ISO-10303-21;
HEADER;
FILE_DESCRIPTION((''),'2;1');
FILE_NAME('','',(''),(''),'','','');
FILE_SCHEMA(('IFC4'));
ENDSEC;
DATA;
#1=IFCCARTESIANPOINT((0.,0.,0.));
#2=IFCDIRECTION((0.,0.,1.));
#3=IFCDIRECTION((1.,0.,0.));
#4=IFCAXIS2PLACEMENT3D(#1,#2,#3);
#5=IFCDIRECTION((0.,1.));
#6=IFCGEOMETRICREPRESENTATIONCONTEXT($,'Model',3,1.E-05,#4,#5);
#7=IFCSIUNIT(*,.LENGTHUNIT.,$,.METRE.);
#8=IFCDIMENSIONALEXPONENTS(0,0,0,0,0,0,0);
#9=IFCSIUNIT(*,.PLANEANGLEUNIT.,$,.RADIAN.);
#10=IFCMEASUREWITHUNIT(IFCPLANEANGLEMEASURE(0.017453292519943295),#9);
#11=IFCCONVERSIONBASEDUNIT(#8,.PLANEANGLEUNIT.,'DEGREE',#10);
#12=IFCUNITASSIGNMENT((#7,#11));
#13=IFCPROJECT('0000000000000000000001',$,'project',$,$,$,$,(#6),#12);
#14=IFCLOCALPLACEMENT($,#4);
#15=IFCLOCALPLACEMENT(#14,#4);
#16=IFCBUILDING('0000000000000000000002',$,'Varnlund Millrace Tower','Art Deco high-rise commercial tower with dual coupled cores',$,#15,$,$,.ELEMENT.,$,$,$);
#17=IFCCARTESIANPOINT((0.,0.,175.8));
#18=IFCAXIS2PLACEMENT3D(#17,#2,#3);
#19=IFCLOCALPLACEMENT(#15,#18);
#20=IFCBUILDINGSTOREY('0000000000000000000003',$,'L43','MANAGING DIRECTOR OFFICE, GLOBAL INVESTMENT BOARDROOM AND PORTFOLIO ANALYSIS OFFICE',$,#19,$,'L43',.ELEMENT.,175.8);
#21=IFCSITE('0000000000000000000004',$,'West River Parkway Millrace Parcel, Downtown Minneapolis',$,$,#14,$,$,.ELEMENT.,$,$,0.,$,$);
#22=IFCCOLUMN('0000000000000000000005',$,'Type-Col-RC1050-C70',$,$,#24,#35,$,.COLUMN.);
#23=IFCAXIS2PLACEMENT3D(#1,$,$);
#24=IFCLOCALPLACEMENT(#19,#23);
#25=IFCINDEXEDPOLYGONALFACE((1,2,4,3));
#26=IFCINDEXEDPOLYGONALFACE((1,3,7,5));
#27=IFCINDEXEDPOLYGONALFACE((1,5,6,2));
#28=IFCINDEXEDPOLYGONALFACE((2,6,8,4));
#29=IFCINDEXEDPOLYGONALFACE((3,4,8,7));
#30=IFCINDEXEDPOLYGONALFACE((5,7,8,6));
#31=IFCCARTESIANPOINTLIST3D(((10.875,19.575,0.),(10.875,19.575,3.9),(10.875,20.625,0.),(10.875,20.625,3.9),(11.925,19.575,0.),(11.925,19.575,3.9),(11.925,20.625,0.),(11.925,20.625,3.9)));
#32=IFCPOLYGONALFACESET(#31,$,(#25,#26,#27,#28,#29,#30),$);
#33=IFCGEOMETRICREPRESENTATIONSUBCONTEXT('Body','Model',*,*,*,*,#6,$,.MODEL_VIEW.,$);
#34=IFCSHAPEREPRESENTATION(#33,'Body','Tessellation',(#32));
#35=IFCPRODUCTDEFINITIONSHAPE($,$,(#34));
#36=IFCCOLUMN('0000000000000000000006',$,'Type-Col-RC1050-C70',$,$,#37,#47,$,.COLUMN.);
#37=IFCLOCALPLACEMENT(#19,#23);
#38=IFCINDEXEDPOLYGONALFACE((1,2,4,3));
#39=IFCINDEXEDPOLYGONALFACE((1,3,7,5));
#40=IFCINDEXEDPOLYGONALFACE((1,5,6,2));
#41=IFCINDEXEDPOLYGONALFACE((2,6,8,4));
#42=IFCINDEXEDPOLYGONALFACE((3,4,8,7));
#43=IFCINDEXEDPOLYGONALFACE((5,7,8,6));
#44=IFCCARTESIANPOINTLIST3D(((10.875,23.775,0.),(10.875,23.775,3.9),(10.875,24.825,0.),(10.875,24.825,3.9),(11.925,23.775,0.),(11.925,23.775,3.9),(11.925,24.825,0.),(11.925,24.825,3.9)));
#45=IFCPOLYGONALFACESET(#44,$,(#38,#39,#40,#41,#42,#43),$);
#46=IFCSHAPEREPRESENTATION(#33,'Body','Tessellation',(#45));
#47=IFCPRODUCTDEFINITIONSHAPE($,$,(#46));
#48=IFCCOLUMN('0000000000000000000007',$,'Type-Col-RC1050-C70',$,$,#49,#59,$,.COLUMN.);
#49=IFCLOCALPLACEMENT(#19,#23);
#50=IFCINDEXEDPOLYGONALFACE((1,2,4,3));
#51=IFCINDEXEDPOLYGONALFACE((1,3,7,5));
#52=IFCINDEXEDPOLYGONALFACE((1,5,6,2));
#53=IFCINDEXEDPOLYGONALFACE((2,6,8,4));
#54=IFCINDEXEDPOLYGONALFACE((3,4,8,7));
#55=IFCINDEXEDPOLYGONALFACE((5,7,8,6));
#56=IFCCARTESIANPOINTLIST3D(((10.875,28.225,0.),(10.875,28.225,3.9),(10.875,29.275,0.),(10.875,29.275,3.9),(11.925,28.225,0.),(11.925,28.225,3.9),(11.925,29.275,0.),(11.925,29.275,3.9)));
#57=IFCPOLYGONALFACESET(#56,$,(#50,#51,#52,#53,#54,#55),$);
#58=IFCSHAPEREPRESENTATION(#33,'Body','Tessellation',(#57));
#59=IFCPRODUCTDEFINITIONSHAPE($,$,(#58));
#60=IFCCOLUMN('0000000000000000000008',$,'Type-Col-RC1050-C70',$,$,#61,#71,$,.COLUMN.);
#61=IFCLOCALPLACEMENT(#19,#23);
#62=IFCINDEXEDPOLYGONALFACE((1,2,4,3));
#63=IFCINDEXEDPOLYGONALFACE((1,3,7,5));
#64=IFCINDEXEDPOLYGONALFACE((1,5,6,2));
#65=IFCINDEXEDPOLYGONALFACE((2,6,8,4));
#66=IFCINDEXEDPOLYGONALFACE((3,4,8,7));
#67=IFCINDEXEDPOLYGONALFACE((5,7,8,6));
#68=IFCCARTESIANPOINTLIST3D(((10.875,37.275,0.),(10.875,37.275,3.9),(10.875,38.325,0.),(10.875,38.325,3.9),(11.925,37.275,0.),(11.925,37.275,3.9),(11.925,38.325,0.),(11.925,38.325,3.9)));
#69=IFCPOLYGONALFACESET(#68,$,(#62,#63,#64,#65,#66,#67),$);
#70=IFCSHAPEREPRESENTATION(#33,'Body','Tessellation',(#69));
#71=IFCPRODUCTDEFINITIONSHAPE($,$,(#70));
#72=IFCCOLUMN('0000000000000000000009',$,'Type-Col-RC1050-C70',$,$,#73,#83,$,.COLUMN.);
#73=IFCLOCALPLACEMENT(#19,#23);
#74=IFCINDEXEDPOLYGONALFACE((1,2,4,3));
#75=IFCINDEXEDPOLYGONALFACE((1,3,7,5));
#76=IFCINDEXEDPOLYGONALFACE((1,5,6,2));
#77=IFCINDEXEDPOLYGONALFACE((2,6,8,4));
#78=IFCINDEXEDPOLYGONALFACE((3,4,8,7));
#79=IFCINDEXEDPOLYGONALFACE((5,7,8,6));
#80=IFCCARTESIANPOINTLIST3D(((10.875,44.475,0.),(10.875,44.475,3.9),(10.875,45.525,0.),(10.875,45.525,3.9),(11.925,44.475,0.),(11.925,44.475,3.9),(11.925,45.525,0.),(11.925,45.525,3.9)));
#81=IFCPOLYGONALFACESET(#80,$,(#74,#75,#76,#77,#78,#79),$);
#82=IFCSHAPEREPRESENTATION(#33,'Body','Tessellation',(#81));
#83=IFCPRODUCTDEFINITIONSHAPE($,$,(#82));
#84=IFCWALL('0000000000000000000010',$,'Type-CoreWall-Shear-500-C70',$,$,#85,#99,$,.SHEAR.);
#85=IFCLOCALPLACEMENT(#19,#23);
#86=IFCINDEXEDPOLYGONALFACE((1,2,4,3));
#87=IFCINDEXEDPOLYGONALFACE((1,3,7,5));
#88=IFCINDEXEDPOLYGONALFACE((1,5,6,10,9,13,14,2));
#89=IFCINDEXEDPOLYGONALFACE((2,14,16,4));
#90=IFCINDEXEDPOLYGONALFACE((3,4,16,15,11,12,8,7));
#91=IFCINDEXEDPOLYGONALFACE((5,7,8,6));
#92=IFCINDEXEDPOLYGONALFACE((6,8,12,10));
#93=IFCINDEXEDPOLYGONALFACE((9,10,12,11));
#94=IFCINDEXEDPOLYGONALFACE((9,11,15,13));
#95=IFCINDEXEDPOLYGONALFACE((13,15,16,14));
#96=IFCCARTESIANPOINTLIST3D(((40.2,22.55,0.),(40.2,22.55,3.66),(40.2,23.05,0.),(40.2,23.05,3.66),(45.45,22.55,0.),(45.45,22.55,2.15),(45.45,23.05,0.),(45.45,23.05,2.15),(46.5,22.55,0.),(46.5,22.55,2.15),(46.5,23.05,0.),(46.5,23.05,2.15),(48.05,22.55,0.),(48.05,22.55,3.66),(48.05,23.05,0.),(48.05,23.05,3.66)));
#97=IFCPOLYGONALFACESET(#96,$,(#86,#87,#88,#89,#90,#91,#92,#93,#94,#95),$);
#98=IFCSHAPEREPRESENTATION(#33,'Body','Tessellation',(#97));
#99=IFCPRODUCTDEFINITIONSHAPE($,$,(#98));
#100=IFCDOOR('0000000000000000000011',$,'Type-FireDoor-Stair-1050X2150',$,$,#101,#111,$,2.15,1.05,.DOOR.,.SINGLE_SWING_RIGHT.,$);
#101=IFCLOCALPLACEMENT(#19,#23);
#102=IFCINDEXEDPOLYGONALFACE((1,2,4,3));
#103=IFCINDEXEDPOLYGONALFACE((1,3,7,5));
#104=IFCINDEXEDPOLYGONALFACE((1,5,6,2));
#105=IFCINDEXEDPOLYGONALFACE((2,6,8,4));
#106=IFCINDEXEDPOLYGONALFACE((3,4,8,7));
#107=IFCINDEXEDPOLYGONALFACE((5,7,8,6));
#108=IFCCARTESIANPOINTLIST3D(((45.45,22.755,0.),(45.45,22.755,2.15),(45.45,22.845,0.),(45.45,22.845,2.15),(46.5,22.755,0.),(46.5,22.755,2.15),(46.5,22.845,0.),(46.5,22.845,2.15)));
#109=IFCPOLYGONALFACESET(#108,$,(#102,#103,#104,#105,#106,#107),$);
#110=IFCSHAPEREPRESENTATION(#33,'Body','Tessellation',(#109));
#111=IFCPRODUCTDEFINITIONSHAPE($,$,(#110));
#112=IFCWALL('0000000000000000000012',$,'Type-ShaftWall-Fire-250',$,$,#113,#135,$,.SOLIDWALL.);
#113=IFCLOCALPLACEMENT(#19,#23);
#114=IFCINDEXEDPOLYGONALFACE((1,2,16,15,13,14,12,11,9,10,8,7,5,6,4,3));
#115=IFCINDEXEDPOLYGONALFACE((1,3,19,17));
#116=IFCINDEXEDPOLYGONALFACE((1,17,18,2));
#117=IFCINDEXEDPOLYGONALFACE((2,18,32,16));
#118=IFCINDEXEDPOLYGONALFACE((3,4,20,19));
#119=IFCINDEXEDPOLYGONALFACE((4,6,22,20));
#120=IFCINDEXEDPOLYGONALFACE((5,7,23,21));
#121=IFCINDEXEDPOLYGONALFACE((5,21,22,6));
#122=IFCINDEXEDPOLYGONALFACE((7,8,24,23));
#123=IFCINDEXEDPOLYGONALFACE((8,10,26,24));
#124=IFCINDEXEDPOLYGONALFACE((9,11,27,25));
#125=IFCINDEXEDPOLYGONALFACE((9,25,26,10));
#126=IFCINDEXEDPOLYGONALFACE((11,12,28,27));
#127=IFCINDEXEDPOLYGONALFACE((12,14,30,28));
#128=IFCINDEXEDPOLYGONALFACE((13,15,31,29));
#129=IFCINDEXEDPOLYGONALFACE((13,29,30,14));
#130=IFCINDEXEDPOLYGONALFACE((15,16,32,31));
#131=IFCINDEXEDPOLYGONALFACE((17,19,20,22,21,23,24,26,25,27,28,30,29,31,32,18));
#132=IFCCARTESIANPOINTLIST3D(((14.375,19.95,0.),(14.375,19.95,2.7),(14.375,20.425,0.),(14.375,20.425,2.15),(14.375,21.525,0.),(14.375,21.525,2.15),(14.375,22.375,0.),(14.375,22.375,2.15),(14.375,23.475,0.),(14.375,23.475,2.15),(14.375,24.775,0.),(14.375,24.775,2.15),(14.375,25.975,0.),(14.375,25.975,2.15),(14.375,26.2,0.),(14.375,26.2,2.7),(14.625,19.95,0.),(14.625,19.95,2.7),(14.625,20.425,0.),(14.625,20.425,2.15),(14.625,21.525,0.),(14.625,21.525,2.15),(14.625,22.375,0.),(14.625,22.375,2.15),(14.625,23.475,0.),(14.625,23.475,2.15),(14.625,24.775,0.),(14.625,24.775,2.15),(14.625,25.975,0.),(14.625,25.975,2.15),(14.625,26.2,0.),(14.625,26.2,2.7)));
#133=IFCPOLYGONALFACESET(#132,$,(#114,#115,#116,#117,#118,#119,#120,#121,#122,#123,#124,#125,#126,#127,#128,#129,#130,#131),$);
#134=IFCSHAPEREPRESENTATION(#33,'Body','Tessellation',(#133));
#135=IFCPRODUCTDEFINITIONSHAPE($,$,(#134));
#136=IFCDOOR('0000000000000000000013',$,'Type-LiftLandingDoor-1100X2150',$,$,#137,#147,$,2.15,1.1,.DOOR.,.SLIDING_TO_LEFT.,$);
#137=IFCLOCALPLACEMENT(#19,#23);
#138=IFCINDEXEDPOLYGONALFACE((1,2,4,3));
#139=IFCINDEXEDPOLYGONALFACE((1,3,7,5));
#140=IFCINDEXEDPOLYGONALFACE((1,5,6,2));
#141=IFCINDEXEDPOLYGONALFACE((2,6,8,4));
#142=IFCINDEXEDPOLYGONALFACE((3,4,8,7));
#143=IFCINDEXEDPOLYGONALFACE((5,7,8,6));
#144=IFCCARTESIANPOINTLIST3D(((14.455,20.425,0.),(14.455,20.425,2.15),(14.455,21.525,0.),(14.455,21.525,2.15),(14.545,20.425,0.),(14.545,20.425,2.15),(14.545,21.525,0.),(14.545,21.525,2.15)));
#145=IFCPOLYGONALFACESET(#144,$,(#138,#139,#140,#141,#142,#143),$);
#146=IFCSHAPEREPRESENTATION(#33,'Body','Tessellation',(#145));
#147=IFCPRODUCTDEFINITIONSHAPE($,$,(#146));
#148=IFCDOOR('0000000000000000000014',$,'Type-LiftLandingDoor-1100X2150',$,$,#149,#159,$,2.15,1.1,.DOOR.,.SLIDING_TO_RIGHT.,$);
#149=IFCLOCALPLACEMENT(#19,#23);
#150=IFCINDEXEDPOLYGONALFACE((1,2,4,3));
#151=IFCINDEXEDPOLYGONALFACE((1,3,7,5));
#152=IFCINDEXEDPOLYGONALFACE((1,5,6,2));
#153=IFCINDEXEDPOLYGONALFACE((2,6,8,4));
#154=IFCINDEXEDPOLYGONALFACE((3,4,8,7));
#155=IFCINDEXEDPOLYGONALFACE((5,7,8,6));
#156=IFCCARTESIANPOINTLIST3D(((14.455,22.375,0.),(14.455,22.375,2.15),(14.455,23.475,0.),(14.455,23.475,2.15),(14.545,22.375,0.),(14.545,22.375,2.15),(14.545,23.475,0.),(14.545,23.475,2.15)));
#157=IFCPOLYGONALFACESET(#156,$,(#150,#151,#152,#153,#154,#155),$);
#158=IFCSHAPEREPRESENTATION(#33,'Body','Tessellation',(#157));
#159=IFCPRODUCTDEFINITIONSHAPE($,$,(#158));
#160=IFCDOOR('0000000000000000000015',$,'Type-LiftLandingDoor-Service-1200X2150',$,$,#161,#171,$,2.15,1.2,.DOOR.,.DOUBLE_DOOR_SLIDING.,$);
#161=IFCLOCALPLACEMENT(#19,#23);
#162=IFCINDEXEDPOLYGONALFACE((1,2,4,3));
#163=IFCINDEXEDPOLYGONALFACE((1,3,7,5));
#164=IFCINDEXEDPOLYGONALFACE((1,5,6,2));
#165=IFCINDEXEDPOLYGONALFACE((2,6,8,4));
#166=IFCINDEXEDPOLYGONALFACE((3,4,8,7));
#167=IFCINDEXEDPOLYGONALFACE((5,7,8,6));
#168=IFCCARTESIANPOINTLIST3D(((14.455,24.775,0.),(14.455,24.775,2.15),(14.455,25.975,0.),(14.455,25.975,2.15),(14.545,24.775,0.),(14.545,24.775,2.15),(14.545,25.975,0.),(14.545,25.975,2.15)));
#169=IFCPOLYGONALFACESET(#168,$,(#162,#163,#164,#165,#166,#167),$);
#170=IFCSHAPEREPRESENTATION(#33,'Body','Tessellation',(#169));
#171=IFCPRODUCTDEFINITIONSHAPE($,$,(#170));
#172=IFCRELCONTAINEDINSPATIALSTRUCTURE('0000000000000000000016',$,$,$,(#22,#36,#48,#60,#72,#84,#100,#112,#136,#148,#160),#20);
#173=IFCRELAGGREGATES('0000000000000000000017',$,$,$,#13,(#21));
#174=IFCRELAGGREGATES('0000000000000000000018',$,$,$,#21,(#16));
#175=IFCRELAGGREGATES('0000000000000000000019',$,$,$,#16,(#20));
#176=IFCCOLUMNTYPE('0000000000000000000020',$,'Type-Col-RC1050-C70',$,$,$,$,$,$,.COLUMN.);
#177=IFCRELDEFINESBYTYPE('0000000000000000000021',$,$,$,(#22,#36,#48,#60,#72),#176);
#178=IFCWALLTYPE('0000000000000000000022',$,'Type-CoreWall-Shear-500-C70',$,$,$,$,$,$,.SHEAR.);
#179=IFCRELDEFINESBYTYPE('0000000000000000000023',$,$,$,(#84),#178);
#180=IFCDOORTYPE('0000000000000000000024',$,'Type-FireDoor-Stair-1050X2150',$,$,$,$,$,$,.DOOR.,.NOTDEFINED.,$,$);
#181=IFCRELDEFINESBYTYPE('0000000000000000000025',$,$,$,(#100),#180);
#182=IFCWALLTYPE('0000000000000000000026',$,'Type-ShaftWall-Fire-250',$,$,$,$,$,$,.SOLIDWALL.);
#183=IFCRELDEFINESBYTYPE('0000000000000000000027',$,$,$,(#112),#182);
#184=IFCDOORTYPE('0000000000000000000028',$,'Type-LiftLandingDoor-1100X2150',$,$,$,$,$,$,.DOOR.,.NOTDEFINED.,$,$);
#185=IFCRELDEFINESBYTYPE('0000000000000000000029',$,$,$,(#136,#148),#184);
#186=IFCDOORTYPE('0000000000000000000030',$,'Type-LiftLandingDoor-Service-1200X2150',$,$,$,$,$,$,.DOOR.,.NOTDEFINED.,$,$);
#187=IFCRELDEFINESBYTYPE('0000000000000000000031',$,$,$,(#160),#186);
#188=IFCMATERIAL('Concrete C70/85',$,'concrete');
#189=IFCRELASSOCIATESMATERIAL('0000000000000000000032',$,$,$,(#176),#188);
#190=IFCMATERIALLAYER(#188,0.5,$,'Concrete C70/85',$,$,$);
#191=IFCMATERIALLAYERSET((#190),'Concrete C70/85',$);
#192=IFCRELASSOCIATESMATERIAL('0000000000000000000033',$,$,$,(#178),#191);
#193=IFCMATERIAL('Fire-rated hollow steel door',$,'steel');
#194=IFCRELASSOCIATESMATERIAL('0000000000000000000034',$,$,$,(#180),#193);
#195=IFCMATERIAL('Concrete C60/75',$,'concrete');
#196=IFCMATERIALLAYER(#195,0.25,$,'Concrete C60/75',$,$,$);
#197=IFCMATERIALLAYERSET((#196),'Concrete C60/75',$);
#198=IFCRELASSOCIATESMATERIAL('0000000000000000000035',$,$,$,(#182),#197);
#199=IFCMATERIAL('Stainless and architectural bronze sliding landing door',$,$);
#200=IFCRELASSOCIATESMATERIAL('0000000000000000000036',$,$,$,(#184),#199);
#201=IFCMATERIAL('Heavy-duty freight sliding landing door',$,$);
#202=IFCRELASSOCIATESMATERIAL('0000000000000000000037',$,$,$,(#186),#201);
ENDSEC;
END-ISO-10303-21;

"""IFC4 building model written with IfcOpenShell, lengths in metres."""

from ifc_helpers import new_model, entity, si_unit, converted_unit, direction, frame, origin_with_axes, origin_2d_with_axis, place, context, subcontext, project, spatial, polyline, rectangle, outline, extrude, material, layer, layer_set, material_profile, profile_set, type_object, element, fill, save


model = new_model("IFC4")

# Units and contexts
model_context = context("Model", 3, precision=1e-05, world=origin_with_axes(), true_north=direction((0.0, 1.0)))
body_context = subcontext(model_context, "Body", "Model", "MODEL_VIEW")
ifc_project = project(units=[si_unit("LENGTHUNIT", "METRE"), converted_unit("PLANEANGLEUNIT", "DEGREE", entity("IfcPlaneAngleMeasure", 0.017453292519943295), si_unit("PLANEANGLEUNIT", "RADIAN"), dimensions=[0, 0, 0, 0, 0, 0, 0])], contexts=[model_context])

# Site, building, storey
site_placement = place(None, origin_with_axes())
site = spatial("IfcSite", under=ifc_project, at=site_placement, Name="West River Parkway Millrace Parcel, Downtown Minneapolis", CompositionType="ELEMENT", RefElevation=0.0)
building_placement = place(site_placement, origin_with_axes())
building = spatial("IfcBuilding", under=site, at=building_placement, Name="Varnlund Millrace Tower", Description="Art Deco high-rise commercial tower with dual coupled cores", CompositionType="ELEMENT")
storey_placement = place(building_placement, frame((0.0, 0.0, 175.8), z_axis=(0.0, 0.0, 1.0), x_axis=(1.0, 0.0, 0.0)))
storey = spatial("IfcBuildingStorey", under=building, at=storey_placement, Name="L43", Description="MANAGING DIRECTOR OFFICE, GLOBAL INVESTMENT BOARDROOM AND PORTFOLIO ANALYSIS OFFICE", LongName="L43", CompositionType="ELEMENT", Elevation=175.8)

# Columns
ifc_material_1 = material(Name="Concrete C70/85", Category="concrete")
ifc_material_profile = material_profile(ifc_material_1, rectangle(XDim=1.05, YDim=1.05, at=origin_2d_with_axis()), Name="Concrete C70/85")
ifc_profile_set = profile_set([ifc_material_profile], Name="Concrete C70/85")
column_type = type_object("IfcColumnType", Name="Type-Col-RC1050-C70", PredefinedType="COLUMN", material=ifc_profile_set)
for number, where, z_axis, x_axis, name in (
    (1, (11.4, 20.1, 0.0), (0.0, 0.0, 1.0), (1.0, 0.0, 0.0), "Type-Col-RC1050-C70"),
    (2, (11.4, 24.3, 0.0), (0.0, 0.0, 1.0), (1.0, 0.0, 0.0), "Type-Col-RC1050-C70"),
    (3, (11.4, 28.75, 0.0), (0.0, 0.0, 1.0), (1.0, 0.0, 0.0), "Type-Col-RC1050-C70"),
    (4, (11.4, 37.8, 0.0), (0.0, 0.0, 1.0), (1.0, 0.0, 0.0), "Type-Col-RC1050-C70"),
    (5, (11.4, 45.0, 0.0), (0.0, 0.0, 1.0), (1.0, 0.0, 0.0), "Type-Col-RC1050-C70"),
):
    element("IfcColumn", number, at=place(storey_placement, frame(where, z_axis=z_axis, x_axis=x_axis)), inside=storey, type_object=column_type, Name=name, PredefinedType="COLUMN", context=body_context, shape_type="SweptSolid", body=[
        extrude(rectangle(XDim=1.05, YDim=1.05, at=origin_2d_with_axis()), origin_with_axes(), (0.0, 0.0, 1.0), 3.9),
    ])

# Wall, opening, door
ifc_layer_1 = layer(ifc_material_1, 0.5, Name="Concrete C70/85")
ifc_layer_set_1 = layer_set([ifc_layer_1], Name="Concrete C70/85")
wall_type_1 = type_object("IfcWallType", Name="Type-CoreWall-Shear-500-C70", PredefinedType="SHEAR", material=ifc_layer_set_1)
wall_1_placement = place(storey_placement, frame((40.2, 22.8, 0.0), z_axis=(0.0, 0.0, 1.0), x_axis=(1.0, 0.0, 0.0)))
wall_1 = element("IfcWall", 6, at=wall_1_placement, inside=storey, type_object=wall_type_1, Name="Type-CoreWall-Shear-500-C70", PredefinedType="SHEAR", context=body_context, shape_type="SweptSolid", body=[
    extrude(outline(polyline([(0.0, -0.25), (7.85, -0.25), (7.85, 0.25), (0.0, 0.25), (0.0, -0.25)])), origin_with_axes(), (0.0, 0.0, 1.0), 3.66),
])
opening_1_placement = place(wall_1_placement, frame((5.775, 0.0, 0.0), z_axis=(0.0, 0.0, 1.0), x_axis=(1.0, 0.0, 0.0)))
opening_1 = element("IfcOpeningElement", 7, at=opening_1_placement, cuts=wall_1, PredefinedType="OPENING", context=body_context, shape_type="SweptSolid", body=[
    extrude(rectangle(XDim=1.05, YDim=0.52, at=origin_2d_with_axis()), origin_with_axes(), (0.0, 0.0, 1.0), 2.15),
])
ifc_material_2 = material(Name="Fire-rated hollow steel door", Category="steel")
door_type_1 = type_object("IfcDoorType", Name="Type-FireDoor-Stair-1050X2150", OperationType="NOTDEFINED", PredefinedType="DOOR", material=ifc_material_2)
door_1_placement = place(wall_1_placement, frame((5.775, 0.0, 0.0), z_axis=(0.0, 0.0, 1.0), x_axis=(1.0, 0.0, 0.0)))
door_1 = element("IfcDoor", 8, at=door_1_placement, inside=storey, type_object=door_type_1, Name="Type-FireDoor-Stair-1050X2150", OperationType="SINGLE_SWING_RIGHT", OverallHeight=2.15, OverallWidth=1.05, PredefinedType="DOOR", context=body_context, shape_type="SweptSolid", body=[
    extrude(rectangle(XDim=1.05, YDim=0.09, at=origin_2d_with_axis()), origin_with_axes(), (0.0, 0.0, 1.0), 2.15),
])
fill(opening_1, door_1)

# Wall, openings, doors
ifc_material_3 = material(Name="Concrete C60/75", Category="concrete")
ifc_layer_2 = layer(ifc_material_3, 0.25, Name="Concrete C60/75")
ifc_layer_set_2 = layer_set([ifc_layer_2], Name="Concrete C60/75")
wall_type_2 = type_object("IfcWallType", Name="Type-ShaftWall-Fire-250", PredefinedType="SOLIDWALL", material=ifc_layer_set_2)
wall_2_placement = place(storey_placement, frame((14.5, 19.95, 0.0), z_axis=(0.0, 0.0, 1.0), x_axis=(0.0, 1.0, 0.0)))
wall_2 = element("IfcWall", 9, at=wall_2_placement, inside=storey, type_object=wall_type_2, Name="Type-ShaftWall-Fire-250", PredefinedType="SOLIDWALL", context=body_context, shape_type="SweptSolid", body=[
    extrude(outline(polyline([(0.0, -0.125), (6.25, -0.125), (6.25, 0.125), (0.0, 0.125), (0.0, -0.125)])), origin_with_axes(), (0.0, 0.0, 1.0), 2.7),
])
opening_2_placement = place(wall_2_placement, frame((1.025, 0.0, 0.0), z_axis=(0.0, 0.0, 1.0), x_axis=(1.0, 0.0, 0.0)))
opening_2 = element("IfcOpeningElement", 10, at=opening_2_placement, cuts=wall_2, PredefinedType="OPENING", context=body_context, shape_type="SweptSolid", body=[
    extrude(rectangle(XDim=1.1, YDim=0.27, at=origin_2d_with_axis()), origin_with_axes(), (0.0, 0.0, 1.0), 2.15),
])
opening_3_placement = place(wall_2_placement, frame((2.975, 0.0, 0.0), z_axis=(0.0, 0.0, 1.0), x_axis=(1.0, 0.0, 0.0)))
opening_3 = element("IfcOpeningElement", 11, at=opening_3_placement, cuts=wall_2, PredefinedType="OPENING", context=body_context, shape_type="SweptSolid", body=[
    extrude(rectangle(XDim=1.1, YDim=0.27, at=origin_2d_with_axis()), origin_with_axes(), (0.0, 0.0, 1.0), 2.15),
])
opening_4_placement = place(wall_2_placement, frame((5.425, 0.0, 0.0), z_axis=(0.0, 0.0, 1.0), x_axis=(1.0, 0.0, 0.0)))
opening_4 = element("IfcOpeningElement", 12, at=opening_4_placement, cuts=wall_2, PredefinedType="OPENING", context=body_context, shape_type="SweptSolid", body=[
    extrude(rectangle(XDim=1.2, YDim=0.27, at=origin_2d_with_axis()), origin_with_axes(), (0.0, 0.0, 1.0), 2.15),
])
ifc_material_4 = material(Name="Stainless and architectural bronze sliding landing door")
door_type_2 = type_object("IfcDoorType", Name="Type-LiftLandingDoor-1100X2150", OperationType="NOTDEFINED", PredefinedType="DOOR", material=ifc_material_4)
door_2_placement = place(wall_2_placement, frame((1.025, 0.0, 0.0), z_axis=(0.0, 0.0, 1.0), x_axis=(1.0, 0.0, 0.0)))
door_2 = element("IfcDoor", 13, at=door_2_placement, inside=storey, type_object=door_type_2, Name="Type-LiftLandingDoor-1100X2150", OperationType="SLIDING_TO_LEFT", OverallHeight=2.15, OverallWidth=1.1, PredefinedType="DOOR", context=body_context, shape_type="SweptSolid", body=[
    extrude(rectangle(XDim=1.1, YDim=0.09, at=origin_2d_with_axis()), origin_with_axes(), (0.0, 0.0, 1.0), 2.15),
])
fill(opening_2, door_2)
door_3_placement = place(wall_2_placement, frame((2.975, 0.0, 0.0), z_axis=(0.0, 0.0, 1.0), x_axis=(1.0, 0.0, 0.0)))
door_3 = element("IfcDoor", 14, at=door_3_placement, inside=storey, type_object=door_type_2, Name="Type-LiftLandingDoor-1100X2150", OperationType="SLIDING_TO_RIGHT", OverallHeight=2.15, OverallWidth=1.1, PredefinedType="DOOR", context=body_context, shape_type="SweptSolid", body=[
    extrude(rectangle(XDim=1.1, YDim=0.09, at=origin_2d_with_axis()), origin_with_axes(), (0.0, 0.0, 1.0), 2.15),
])
fill(opening_3, door_3)
ifc_material_5 = material(Name="Heavy-duty freight sliding landing door")
door_type_3 = type_object("IfcDoorType", Name="Type-LiftLandingDoor-Service-1200X2150", OperationType="NOTDEFINED", PredefinedType="DOOR", material=ifc_material_5)
door_4_placement = place(wall_2_placement, frame((5.425, 0.0, 0.0), z_axis=(0.0, 0.0, 1.0), x_axis=(1.0, 0.0, 0.0)))
door_4 = element("IfcDoor", 15, at=door_4_placement, inside=storey, type_object=door_type_3, Name="Type-LiftLandingDoor-Service-1200X2150", OperationType="DOUBLE_DOOR_SLIDING", OverallHeight=2.15, OverallWidth=1.2, PredefinedType="DOOR", context=body_context, shape_type="SweptSolid", body=[
    extrude(rectangle(XDim=1.2, YDim=0.09, at=origin_2d_with_axis()), origin_with_axes(), (0.0, 0.0, 1.0), 2.15),
])
fill(opening_4, door_4)

save(model, "model.ifc")
